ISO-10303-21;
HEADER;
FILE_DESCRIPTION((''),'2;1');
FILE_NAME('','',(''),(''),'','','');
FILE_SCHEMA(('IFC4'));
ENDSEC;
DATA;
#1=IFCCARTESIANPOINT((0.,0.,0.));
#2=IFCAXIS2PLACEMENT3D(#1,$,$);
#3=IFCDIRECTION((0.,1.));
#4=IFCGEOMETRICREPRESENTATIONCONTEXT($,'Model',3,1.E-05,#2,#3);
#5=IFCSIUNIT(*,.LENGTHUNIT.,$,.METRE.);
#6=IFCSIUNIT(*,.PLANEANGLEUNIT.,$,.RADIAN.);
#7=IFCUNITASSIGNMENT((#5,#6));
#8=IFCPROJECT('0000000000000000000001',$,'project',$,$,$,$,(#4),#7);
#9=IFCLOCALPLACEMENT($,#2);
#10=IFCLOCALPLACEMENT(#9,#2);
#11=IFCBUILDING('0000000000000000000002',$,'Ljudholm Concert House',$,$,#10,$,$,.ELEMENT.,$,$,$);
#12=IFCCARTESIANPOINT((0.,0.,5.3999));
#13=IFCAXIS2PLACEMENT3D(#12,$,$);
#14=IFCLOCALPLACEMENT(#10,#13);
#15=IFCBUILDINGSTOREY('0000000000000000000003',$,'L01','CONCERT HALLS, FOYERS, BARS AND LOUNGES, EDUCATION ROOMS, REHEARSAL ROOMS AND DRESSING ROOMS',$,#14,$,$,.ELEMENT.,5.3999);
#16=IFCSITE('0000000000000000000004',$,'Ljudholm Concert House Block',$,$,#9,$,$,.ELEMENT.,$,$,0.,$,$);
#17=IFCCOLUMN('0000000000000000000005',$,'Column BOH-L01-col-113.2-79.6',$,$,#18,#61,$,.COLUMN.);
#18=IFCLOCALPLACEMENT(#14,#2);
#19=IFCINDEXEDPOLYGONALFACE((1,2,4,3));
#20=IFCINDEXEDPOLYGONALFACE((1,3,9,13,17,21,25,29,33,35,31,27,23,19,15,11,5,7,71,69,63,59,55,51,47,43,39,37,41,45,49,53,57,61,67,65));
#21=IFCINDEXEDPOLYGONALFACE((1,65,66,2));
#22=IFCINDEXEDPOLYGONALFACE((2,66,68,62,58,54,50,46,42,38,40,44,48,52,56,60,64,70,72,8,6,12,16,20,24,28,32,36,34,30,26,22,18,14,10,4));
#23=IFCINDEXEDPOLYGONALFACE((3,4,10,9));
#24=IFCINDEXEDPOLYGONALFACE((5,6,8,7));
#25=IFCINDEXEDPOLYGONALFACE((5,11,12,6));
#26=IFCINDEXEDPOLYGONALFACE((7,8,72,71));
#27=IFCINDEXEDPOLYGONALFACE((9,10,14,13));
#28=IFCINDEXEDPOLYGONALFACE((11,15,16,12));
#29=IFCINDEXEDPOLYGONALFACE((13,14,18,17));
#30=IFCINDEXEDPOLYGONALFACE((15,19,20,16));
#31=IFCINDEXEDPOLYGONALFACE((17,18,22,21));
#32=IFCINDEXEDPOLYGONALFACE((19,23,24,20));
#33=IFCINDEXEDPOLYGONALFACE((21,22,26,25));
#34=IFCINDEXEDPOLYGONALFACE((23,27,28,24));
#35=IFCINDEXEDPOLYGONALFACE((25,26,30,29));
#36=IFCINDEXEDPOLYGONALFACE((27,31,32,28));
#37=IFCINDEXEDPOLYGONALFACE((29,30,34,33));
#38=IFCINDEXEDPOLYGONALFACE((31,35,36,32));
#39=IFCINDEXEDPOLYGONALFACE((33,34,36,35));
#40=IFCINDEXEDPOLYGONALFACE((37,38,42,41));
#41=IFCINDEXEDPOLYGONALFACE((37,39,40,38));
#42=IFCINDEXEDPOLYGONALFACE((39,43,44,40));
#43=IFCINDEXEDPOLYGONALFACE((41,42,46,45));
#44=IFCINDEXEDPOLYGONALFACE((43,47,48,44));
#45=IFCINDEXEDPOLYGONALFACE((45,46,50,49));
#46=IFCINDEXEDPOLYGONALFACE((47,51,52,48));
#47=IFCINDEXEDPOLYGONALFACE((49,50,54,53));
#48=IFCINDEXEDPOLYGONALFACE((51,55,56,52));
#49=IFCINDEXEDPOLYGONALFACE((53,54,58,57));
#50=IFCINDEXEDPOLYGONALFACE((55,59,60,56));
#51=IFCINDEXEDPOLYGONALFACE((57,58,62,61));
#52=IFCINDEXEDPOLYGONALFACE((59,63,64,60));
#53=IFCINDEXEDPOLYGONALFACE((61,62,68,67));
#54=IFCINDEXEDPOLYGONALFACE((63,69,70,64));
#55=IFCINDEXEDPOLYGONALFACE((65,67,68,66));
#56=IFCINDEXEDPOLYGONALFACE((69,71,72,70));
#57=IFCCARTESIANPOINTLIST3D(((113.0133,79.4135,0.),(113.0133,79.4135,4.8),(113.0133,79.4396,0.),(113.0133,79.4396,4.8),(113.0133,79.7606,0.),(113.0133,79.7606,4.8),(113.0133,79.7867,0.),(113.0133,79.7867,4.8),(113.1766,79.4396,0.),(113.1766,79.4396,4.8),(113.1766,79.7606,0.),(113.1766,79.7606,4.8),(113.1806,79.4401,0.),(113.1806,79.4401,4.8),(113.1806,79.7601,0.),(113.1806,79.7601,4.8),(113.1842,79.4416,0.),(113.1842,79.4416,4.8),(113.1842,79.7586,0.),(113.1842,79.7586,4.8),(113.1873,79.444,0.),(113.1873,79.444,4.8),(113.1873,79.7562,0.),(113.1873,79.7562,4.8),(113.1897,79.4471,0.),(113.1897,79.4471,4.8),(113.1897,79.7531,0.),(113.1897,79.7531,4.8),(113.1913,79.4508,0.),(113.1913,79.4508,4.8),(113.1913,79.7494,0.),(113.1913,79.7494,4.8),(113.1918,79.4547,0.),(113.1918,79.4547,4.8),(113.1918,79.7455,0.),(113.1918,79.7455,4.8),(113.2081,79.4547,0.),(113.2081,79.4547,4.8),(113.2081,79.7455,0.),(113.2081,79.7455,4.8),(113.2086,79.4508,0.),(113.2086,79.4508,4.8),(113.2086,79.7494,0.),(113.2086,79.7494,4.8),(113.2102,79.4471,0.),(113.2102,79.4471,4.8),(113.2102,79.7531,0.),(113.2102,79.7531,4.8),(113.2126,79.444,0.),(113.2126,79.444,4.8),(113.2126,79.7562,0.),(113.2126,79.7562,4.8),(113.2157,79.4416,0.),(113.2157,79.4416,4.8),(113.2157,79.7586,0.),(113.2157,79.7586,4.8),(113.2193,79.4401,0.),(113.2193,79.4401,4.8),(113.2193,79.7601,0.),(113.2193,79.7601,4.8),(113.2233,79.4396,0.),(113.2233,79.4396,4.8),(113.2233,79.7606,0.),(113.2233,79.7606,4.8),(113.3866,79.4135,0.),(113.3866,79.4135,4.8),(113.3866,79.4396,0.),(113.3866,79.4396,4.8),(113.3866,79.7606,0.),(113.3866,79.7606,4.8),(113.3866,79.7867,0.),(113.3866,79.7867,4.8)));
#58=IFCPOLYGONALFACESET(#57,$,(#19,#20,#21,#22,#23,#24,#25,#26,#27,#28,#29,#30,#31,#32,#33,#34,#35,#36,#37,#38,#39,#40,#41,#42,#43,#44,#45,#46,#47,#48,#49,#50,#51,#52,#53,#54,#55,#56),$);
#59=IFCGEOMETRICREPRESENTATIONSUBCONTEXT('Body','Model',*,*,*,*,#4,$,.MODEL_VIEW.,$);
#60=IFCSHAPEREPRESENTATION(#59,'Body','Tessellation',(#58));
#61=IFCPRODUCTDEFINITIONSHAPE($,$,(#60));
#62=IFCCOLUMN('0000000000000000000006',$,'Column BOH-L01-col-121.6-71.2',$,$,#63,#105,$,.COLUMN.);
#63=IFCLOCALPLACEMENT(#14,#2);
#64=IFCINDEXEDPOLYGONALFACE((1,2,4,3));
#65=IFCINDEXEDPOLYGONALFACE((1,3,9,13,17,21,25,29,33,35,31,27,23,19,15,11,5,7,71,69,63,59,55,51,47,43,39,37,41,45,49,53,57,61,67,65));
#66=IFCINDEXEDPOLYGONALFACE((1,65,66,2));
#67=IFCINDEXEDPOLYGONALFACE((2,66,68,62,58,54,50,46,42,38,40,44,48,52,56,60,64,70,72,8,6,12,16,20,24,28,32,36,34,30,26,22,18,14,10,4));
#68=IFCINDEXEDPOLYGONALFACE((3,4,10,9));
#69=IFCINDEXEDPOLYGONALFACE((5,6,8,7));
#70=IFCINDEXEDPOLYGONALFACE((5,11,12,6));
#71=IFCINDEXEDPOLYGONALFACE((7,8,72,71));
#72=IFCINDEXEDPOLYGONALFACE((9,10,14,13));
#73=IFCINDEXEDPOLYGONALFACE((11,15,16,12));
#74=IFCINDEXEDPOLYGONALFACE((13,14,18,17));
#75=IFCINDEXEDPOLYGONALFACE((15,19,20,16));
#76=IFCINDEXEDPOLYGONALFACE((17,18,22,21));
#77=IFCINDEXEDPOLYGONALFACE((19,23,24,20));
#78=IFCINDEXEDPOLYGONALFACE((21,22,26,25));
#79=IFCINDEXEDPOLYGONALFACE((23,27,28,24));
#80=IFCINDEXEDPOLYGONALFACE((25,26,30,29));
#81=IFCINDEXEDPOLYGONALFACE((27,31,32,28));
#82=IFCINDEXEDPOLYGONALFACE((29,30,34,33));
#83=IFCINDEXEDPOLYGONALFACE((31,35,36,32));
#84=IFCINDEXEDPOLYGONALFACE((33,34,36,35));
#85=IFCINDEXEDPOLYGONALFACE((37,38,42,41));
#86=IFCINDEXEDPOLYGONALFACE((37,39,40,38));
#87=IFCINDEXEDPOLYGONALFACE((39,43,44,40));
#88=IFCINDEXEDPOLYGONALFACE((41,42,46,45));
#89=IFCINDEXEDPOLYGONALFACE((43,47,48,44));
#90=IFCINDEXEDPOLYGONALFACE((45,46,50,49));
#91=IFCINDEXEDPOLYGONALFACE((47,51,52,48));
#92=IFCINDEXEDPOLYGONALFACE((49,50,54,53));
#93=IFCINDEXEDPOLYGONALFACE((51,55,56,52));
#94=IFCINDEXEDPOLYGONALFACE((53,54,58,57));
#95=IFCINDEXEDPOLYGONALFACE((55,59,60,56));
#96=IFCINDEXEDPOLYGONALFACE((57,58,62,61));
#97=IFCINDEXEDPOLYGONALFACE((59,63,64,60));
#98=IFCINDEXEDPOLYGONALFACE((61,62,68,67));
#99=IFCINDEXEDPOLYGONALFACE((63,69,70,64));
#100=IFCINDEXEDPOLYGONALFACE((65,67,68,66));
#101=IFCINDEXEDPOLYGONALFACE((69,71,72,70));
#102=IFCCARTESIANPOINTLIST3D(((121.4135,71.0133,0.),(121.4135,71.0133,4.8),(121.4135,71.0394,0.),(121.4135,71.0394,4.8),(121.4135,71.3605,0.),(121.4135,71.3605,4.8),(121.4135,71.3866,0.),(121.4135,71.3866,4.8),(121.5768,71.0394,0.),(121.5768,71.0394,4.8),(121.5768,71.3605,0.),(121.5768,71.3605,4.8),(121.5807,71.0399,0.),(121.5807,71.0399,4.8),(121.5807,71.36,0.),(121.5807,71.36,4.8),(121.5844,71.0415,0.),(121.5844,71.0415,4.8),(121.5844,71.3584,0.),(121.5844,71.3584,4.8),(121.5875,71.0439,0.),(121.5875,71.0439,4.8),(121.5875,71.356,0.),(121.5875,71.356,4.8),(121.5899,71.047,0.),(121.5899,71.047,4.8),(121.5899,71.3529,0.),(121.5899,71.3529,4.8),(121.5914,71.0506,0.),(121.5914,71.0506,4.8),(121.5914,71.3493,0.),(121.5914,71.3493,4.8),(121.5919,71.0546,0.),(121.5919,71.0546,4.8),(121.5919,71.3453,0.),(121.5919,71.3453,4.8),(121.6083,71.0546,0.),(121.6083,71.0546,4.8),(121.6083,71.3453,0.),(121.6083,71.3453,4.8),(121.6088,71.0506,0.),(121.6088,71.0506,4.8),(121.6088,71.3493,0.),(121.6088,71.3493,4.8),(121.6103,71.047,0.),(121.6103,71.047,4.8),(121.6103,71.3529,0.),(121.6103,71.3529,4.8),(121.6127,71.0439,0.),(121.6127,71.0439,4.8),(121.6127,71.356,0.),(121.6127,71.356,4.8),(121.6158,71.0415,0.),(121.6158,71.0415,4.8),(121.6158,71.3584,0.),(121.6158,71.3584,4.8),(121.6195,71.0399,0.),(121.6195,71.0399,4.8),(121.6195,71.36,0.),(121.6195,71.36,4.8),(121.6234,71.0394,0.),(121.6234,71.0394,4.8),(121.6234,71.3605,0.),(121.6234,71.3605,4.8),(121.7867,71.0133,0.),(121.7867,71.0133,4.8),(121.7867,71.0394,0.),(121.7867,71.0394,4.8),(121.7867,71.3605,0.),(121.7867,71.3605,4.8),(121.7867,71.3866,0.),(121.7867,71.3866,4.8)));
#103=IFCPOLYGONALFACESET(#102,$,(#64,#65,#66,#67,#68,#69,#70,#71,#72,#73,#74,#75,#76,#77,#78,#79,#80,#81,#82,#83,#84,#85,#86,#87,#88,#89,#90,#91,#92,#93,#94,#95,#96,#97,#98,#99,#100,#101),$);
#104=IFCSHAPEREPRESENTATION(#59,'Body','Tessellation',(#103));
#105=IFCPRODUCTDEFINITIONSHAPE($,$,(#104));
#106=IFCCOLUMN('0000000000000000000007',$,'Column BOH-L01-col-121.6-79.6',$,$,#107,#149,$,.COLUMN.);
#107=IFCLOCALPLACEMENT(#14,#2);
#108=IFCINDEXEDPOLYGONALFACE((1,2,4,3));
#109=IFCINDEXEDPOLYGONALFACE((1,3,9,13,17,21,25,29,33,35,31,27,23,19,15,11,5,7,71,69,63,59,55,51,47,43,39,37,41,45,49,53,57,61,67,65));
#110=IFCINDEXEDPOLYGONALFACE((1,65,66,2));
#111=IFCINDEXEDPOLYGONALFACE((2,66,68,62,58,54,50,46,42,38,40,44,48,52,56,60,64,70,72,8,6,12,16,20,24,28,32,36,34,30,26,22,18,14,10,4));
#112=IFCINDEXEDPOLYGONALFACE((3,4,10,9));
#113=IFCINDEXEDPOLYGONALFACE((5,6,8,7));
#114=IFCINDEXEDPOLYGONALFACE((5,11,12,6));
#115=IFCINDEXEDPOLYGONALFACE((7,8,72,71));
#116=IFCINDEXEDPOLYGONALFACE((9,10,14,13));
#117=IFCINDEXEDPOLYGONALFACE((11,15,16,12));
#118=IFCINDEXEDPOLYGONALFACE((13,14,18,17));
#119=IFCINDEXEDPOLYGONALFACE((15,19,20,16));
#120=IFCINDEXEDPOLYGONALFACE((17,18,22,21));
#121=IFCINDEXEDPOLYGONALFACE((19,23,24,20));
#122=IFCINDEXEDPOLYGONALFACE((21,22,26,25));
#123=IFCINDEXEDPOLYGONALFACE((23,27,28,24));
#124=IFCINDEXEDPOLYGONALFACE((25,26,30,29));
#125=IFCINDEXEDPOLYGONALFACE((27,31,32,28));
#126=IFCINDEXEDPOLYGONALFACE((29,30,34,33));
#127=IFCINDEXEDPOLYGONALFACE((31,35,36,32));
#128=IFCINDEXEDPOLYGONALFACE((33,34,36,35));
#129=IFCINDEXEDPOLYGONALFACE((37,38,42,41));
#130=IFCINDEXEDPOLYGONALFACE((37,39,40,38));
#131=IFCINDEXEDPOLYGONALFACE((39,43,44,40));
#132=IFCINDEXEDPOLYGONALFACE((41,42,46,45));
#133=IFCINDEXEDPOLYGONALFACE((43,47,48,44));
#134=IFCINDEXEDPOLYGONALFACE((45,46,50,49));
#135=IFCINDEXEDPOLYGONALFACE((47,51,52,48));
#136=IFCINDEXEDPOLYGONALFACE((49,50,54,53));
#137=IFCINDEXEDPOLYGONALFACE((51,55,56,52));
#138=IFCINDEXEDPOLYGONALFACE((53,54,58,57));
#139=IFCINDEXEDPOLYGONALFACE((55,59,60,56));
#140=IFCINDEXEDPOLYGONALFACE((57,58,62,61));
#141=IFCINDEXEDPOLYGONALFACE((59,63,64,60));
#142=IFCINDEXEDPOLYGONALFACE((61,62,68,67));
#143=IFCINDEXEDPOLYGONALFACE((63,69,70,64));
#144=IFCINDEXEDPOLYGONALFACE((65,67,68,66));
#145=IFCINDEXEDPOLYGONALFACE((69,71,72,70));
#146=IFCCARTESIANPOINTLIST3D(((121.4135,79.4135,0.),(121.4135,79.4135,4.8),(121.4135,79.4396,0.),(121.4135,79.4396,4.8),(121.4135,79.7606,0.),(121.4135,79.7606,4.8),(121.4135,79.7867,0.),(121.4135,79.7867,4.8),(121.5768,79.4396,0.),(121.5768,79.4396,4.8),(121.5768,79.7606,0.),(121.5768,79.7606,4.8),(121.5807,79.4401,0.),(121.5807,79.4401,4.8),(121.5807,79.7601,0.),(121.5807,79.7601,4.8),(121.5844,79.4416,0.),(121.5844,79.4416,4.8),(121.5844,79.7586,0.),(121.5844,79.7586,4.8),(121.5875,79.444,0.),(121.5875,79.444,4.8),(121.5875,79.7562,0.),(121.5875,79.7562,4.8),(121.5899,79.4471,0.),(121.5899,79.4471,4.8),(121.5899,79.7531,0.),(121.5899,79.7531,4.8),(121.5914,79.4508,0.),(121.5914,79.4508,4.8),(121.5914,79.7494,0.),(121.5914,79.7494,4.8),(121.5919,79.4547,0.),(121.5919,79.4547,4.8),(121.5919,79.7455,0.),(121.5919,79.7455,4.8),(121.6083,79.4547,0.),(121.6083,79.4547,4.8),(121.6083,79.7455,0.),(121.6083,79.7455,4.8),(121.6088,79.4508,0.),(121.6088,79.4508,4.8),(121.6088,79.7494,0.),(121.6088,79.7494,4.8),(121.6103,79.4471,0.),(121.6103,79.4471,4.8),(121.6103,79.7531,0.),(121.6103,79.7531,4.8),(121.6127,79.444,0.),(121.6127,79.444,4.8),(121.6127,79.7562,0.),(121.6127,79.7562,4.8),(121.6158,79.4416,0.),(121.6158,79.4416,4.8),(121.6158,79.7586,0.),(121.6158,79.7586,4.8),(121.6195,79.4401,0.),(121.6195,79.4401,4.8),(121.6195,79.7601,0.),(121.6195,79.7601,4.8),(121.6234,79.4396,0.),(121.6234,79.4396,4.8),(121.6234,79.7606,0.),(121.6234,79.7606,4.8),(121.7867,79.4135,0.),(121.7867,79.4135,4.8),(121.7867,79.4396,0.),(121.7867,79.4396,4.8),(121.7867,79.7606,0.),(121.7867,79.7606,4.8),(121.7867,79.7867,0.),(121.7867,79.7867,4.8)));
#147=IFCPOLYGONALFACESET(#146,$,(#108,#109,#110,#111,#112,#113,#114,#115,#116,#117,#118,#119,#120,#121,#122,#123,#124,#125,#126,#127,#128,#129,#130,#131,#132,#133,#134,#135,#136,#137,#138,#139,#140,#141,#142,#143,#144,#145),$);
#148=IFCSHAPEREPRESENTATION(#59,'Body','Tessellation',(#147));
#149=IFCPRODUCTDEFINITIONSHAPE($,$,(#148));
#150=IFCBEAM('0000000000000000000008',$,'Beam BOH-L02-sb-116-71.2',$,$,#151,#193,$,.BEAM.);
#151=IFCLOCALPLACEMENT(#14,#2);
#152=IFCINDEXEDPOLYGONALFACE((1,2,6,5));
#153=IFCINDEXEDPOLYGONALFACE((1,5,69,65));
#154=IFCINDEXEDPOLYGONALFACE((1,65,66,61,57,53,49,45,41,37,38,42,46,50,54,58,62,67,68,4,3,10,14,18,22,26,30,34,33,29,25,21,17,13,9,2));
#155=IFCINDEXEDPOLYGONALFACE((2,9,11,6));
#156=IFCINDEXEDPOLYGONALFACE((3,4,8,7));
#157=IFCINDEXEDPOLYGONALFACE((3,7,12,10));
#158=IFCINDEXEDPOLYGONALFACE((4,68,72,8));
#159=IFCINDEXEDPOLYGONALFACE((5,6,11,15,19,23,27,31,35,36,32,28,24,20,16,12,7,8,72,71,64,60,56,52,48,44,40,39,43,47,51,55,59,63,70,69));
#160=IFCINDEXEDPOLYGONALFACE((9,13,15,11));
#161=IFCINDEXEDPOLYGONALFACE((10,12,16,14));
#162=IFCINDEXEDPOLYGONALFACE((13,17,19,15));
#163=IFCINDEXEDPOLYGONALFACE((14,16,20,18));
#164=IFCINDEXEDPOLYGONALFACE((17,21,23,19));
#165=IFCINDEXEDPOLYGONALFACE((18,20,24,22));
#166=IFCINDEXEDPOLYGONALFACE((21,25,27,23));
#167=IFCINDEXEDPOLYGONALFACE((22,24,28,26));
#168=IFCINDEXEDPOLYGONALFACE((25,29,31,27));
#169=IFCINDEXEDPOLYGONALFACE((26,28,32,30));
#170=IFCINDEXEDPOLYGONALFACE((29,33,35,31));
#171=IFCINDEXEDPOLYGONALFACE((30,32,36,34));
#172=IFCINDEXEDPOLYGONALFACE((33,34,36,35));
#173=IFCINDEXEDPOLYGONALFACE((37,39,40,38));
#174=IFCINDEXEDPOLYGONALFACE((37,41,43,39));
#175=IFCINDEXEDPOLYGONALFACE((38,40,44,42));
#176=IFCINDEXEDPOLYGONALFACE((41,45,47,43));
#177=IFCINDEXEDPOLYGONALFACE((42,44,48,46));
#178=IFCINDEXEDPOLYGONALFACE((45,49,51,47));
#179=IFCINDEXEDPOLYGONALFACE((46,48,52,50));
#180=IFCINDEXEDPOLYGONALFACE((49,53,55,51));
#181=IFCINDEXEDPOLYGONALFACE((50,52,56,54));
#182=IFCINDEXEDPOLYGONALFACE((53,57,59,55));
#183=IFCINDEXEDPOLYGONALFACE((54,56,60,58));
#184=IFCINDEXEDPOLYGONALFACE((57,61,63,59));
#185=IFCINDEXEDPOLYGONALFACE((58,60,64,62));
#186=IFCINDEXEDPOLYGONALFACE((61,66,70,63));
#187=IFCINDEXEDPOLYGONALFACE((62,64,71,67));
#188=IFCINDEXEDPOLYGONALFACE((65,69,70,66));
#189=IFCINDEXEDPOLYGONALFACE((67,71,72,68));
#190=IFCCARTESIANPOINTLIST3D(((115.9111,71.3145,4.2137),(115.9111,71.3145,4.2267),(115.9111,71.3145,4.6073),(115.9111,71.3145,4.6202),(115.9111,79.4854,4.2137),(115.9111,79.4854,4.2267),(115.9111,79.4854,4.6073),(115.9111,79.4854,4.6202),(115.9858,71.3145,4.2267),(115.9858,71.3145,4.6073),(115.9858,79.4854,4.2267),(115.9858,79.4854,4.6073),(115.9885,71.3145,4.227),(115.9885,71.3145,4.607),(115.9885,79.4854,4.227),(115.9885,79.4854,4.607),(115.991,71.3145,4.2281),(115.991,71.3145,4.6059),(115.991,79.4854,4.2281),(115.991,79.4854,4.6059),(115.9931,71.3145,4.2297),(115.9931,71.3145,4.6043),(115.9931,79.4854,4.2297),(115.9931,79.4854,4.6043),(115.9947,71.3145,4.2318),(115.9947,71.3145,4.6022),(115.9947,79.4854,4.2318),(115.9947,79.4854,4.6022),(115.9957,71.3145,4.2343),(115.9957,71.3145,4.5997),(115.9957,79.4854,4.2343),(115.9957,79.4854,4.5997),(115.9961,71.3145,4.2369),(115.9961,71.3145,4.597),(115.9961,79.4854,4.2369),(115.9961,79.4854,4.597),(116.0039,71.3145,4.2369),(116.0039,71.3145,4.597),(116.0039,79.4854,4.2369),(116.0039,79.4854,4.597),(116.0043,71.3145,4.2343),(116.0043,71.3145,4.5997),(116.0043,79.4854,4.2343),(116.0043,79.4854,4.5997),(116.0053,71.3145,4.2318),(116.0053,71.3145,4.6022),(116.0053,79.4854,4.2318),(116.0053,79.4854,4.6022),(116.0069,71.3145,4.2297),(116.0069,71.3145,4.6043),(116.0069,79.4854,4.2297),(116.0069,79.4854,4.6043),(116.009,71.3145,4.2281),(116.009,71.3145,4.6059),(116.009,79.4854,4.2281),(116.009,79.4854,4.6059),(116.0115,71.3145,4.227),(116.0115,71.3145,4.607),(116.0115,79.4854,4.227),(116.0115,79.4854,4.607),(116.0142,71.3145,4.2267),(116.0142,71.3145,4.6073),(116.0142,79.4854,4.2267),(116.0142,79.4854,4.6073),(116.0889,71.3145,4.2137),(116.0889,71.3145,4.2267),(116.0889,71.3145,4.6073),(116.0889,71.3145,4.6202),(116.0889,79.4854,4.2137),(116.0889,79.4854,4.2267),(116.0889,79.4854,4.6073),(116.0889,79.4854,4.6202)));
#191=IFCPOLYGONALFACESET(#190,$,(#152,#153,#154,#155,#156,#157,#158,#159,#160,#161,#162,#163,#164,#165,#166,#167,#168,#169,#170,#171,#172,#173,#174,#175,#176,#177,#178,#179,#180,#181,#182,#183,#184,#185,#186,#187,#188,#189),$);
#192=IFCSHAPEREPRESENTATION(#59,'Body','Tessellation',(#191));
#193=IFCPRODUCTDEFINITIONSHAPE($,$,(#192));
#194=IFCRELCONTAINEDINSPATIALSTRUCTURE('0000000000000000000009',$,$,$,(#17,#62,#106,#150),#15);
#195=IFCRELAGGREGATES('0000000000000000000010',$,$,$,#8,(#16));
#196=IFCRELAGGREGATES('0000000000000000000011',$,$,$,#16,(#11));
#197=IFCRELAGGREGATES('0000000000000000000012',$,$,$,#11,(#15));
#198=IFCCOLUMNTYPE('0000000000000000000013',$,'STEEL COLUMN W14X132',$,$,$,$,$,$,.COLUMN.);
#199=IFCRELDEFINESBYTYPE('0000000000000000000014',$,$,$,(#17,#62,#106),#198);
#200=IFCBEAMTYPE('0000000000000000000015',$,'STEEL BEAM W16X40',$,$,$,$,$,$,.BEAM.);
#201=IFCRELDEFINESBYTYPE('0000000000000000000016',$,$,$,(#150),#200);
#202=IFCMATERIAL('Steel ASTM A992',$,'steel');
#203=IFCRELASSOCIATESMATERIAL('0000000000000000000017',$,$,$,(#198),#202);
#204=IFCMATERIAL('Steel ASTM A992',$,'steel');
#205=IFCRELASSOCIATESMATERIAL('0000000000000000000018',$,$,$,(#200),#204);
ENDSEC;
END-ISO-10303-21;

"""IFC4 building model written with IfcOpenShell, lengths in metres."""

from ifc_helpers import new_model, si_unit, direction, frame, origin, origin_2d, place, context, subcontext, project, spatial, i_section, extrude, material, material_profile, profile_set, type_object, element, save


model = new_model("IFC4")

# Units and contexts
model_context = context("Model", 3, precision=1e-05, world=origin(), true_north=direction((0.0, 1.0)))
body_context = subcontext(model_context, "Body", "Model", "MODEL_VIEW")
ifc_project = project(units=[si_unit("LENGTHUNIT", "METRE"), si_unit("PLANEANGLEUNIT", "RADIAN")], contexts=[model_context])

# Site, building, storey
site_placement = place(None, origin())
site = spatial("IfcSite", under=ifc_project, at=site_placement, Name="Ljudholm Concert House Block", CompositionType="ELEMENT", RefElevation=0.0)
building_placement = place(site_placement, origin())
building = spatial("IfcBuilding", under=site, at=building_placement, Name="Ljudholm Concert House", CompositionType="ELEMENT")
storey_placement = place(building_placement, frame((0.0, 0.0, 5.3999)))
storey = spatial("IfcBuildingStorey", under=building, at=storey_placement, Name="L01", Description="CONCERT HALLS, FOYERS, BARS AND LOUNGES, EDUCATION ROOMS, REHEARSAL ROOMS AND DRESSING ROOMS", CompositionType="ELEMENT", Elevation=5.3999)

# Columns
ifc_material_1 = material(Name="Steel ASTM A992", Category="steel")
ifc_material_profile_1 = material_profile(ifc_material_1, i_section(OverallWidth=0.3733, OverallDepth=0.3733, WebThickness=0.0164, FlangeThickness=0.0261, FilletRadius=0.0151, at=origin_2d()), Name="W14X132")
ifc_profile_set_1 = profile_set([ifc_material_profile_1], Name="Steel ASTM A992")
column_type = type_object("IfcColumnType", Name="STEEL COLUMN W14X132", PredefinedType="COLUMN", material=ifc_profile_set_1)
for number, where, z_axis, x_axis, name in (
    (1, (113.2, 79.6001, 0.0), (0.0, 0.0, 1.0), (1.0, 0.0, 0.0), "Column BOH-L01-col-113.2-79.6"),
    (2, (121.6001, 71.2, 0.0), (0.0, 0.0, 1.0), (1.0, 0.0, 0.0), "Column BOH-L01-col-121.6-71.2"),
    (3, (121.6001, 79.6001, 0.0), (0.0, 0.0, 1.0), (1.0, 0.0, 0.0), "Column BOH-L01-col-121.6-79.6"),
):
    element("IfcColumn", number, at=place(storey_placement, frame(where, z_axis=z_axis, x_axis=x_axis)), inside=storey, type_object=column_type, Name=name, PredefinedType="COLUMN", context=body_context, shape_type="SweptSolid", body=[
        extrude(i_section(OverallWidth=0.3733, OverallDepth=0.3733, WebThickness=0.0164, FlangeThickness=0.0261, FilletRadius=0.0151, at=origin_2d()), origin(), (0.0, 0.0, 1.0), 4.8),
    ])

# Beam
ifc_material_2 = material(Name="Steel ASTM A992", Category="steel")
ifc_material_profile_2 = material_profile(ifc_material_2, i_section(OverallWidth=0.1777, OverallDepth=0.4065, WebThickness=0.0078, FlangeThickness=0.0129, FilletRadius=0.0103, at=origin_2d()), Name="W16X40")
ifc_profile_set_2 = profile_set([ifc_material_profile_2], Name="Steel ASTM A992")
beam_type_1 = type_object("IfcBeamType", Name="STEEL BEAM W16X40", PredefinedType="BEAM", material=ifc_profile_set_2)
for number, where, z_axis, x_axis, name in (
    (4, (116.0, 71.3145, 4.417), (0.0, 1.0, 0.0), (-1.0, 0.0, 0.0), "Beam BOH-L02-sb-116-71.2"),
):
    element("IfcBeam", number, at=place(storey_placement, frame(where, z_axis=z_axis, x_axis=x_axis)), inside=storey, type_object=beam_type_1, Name=name, PredefinedType="BEAM", context=body_context, shape_type="SweptSolid", body=[
        extrude(i_section(OverallWidth=0.1777, OverallDepth=0.4065, WebThickness=0.0078, FlangeThickness=0.0129, FilletRadius=0.0103, at=origin_2d()), origin(), (0.0, 0.0, 1.0), 8.1709),
    ])

save(model, "model.ifc")
